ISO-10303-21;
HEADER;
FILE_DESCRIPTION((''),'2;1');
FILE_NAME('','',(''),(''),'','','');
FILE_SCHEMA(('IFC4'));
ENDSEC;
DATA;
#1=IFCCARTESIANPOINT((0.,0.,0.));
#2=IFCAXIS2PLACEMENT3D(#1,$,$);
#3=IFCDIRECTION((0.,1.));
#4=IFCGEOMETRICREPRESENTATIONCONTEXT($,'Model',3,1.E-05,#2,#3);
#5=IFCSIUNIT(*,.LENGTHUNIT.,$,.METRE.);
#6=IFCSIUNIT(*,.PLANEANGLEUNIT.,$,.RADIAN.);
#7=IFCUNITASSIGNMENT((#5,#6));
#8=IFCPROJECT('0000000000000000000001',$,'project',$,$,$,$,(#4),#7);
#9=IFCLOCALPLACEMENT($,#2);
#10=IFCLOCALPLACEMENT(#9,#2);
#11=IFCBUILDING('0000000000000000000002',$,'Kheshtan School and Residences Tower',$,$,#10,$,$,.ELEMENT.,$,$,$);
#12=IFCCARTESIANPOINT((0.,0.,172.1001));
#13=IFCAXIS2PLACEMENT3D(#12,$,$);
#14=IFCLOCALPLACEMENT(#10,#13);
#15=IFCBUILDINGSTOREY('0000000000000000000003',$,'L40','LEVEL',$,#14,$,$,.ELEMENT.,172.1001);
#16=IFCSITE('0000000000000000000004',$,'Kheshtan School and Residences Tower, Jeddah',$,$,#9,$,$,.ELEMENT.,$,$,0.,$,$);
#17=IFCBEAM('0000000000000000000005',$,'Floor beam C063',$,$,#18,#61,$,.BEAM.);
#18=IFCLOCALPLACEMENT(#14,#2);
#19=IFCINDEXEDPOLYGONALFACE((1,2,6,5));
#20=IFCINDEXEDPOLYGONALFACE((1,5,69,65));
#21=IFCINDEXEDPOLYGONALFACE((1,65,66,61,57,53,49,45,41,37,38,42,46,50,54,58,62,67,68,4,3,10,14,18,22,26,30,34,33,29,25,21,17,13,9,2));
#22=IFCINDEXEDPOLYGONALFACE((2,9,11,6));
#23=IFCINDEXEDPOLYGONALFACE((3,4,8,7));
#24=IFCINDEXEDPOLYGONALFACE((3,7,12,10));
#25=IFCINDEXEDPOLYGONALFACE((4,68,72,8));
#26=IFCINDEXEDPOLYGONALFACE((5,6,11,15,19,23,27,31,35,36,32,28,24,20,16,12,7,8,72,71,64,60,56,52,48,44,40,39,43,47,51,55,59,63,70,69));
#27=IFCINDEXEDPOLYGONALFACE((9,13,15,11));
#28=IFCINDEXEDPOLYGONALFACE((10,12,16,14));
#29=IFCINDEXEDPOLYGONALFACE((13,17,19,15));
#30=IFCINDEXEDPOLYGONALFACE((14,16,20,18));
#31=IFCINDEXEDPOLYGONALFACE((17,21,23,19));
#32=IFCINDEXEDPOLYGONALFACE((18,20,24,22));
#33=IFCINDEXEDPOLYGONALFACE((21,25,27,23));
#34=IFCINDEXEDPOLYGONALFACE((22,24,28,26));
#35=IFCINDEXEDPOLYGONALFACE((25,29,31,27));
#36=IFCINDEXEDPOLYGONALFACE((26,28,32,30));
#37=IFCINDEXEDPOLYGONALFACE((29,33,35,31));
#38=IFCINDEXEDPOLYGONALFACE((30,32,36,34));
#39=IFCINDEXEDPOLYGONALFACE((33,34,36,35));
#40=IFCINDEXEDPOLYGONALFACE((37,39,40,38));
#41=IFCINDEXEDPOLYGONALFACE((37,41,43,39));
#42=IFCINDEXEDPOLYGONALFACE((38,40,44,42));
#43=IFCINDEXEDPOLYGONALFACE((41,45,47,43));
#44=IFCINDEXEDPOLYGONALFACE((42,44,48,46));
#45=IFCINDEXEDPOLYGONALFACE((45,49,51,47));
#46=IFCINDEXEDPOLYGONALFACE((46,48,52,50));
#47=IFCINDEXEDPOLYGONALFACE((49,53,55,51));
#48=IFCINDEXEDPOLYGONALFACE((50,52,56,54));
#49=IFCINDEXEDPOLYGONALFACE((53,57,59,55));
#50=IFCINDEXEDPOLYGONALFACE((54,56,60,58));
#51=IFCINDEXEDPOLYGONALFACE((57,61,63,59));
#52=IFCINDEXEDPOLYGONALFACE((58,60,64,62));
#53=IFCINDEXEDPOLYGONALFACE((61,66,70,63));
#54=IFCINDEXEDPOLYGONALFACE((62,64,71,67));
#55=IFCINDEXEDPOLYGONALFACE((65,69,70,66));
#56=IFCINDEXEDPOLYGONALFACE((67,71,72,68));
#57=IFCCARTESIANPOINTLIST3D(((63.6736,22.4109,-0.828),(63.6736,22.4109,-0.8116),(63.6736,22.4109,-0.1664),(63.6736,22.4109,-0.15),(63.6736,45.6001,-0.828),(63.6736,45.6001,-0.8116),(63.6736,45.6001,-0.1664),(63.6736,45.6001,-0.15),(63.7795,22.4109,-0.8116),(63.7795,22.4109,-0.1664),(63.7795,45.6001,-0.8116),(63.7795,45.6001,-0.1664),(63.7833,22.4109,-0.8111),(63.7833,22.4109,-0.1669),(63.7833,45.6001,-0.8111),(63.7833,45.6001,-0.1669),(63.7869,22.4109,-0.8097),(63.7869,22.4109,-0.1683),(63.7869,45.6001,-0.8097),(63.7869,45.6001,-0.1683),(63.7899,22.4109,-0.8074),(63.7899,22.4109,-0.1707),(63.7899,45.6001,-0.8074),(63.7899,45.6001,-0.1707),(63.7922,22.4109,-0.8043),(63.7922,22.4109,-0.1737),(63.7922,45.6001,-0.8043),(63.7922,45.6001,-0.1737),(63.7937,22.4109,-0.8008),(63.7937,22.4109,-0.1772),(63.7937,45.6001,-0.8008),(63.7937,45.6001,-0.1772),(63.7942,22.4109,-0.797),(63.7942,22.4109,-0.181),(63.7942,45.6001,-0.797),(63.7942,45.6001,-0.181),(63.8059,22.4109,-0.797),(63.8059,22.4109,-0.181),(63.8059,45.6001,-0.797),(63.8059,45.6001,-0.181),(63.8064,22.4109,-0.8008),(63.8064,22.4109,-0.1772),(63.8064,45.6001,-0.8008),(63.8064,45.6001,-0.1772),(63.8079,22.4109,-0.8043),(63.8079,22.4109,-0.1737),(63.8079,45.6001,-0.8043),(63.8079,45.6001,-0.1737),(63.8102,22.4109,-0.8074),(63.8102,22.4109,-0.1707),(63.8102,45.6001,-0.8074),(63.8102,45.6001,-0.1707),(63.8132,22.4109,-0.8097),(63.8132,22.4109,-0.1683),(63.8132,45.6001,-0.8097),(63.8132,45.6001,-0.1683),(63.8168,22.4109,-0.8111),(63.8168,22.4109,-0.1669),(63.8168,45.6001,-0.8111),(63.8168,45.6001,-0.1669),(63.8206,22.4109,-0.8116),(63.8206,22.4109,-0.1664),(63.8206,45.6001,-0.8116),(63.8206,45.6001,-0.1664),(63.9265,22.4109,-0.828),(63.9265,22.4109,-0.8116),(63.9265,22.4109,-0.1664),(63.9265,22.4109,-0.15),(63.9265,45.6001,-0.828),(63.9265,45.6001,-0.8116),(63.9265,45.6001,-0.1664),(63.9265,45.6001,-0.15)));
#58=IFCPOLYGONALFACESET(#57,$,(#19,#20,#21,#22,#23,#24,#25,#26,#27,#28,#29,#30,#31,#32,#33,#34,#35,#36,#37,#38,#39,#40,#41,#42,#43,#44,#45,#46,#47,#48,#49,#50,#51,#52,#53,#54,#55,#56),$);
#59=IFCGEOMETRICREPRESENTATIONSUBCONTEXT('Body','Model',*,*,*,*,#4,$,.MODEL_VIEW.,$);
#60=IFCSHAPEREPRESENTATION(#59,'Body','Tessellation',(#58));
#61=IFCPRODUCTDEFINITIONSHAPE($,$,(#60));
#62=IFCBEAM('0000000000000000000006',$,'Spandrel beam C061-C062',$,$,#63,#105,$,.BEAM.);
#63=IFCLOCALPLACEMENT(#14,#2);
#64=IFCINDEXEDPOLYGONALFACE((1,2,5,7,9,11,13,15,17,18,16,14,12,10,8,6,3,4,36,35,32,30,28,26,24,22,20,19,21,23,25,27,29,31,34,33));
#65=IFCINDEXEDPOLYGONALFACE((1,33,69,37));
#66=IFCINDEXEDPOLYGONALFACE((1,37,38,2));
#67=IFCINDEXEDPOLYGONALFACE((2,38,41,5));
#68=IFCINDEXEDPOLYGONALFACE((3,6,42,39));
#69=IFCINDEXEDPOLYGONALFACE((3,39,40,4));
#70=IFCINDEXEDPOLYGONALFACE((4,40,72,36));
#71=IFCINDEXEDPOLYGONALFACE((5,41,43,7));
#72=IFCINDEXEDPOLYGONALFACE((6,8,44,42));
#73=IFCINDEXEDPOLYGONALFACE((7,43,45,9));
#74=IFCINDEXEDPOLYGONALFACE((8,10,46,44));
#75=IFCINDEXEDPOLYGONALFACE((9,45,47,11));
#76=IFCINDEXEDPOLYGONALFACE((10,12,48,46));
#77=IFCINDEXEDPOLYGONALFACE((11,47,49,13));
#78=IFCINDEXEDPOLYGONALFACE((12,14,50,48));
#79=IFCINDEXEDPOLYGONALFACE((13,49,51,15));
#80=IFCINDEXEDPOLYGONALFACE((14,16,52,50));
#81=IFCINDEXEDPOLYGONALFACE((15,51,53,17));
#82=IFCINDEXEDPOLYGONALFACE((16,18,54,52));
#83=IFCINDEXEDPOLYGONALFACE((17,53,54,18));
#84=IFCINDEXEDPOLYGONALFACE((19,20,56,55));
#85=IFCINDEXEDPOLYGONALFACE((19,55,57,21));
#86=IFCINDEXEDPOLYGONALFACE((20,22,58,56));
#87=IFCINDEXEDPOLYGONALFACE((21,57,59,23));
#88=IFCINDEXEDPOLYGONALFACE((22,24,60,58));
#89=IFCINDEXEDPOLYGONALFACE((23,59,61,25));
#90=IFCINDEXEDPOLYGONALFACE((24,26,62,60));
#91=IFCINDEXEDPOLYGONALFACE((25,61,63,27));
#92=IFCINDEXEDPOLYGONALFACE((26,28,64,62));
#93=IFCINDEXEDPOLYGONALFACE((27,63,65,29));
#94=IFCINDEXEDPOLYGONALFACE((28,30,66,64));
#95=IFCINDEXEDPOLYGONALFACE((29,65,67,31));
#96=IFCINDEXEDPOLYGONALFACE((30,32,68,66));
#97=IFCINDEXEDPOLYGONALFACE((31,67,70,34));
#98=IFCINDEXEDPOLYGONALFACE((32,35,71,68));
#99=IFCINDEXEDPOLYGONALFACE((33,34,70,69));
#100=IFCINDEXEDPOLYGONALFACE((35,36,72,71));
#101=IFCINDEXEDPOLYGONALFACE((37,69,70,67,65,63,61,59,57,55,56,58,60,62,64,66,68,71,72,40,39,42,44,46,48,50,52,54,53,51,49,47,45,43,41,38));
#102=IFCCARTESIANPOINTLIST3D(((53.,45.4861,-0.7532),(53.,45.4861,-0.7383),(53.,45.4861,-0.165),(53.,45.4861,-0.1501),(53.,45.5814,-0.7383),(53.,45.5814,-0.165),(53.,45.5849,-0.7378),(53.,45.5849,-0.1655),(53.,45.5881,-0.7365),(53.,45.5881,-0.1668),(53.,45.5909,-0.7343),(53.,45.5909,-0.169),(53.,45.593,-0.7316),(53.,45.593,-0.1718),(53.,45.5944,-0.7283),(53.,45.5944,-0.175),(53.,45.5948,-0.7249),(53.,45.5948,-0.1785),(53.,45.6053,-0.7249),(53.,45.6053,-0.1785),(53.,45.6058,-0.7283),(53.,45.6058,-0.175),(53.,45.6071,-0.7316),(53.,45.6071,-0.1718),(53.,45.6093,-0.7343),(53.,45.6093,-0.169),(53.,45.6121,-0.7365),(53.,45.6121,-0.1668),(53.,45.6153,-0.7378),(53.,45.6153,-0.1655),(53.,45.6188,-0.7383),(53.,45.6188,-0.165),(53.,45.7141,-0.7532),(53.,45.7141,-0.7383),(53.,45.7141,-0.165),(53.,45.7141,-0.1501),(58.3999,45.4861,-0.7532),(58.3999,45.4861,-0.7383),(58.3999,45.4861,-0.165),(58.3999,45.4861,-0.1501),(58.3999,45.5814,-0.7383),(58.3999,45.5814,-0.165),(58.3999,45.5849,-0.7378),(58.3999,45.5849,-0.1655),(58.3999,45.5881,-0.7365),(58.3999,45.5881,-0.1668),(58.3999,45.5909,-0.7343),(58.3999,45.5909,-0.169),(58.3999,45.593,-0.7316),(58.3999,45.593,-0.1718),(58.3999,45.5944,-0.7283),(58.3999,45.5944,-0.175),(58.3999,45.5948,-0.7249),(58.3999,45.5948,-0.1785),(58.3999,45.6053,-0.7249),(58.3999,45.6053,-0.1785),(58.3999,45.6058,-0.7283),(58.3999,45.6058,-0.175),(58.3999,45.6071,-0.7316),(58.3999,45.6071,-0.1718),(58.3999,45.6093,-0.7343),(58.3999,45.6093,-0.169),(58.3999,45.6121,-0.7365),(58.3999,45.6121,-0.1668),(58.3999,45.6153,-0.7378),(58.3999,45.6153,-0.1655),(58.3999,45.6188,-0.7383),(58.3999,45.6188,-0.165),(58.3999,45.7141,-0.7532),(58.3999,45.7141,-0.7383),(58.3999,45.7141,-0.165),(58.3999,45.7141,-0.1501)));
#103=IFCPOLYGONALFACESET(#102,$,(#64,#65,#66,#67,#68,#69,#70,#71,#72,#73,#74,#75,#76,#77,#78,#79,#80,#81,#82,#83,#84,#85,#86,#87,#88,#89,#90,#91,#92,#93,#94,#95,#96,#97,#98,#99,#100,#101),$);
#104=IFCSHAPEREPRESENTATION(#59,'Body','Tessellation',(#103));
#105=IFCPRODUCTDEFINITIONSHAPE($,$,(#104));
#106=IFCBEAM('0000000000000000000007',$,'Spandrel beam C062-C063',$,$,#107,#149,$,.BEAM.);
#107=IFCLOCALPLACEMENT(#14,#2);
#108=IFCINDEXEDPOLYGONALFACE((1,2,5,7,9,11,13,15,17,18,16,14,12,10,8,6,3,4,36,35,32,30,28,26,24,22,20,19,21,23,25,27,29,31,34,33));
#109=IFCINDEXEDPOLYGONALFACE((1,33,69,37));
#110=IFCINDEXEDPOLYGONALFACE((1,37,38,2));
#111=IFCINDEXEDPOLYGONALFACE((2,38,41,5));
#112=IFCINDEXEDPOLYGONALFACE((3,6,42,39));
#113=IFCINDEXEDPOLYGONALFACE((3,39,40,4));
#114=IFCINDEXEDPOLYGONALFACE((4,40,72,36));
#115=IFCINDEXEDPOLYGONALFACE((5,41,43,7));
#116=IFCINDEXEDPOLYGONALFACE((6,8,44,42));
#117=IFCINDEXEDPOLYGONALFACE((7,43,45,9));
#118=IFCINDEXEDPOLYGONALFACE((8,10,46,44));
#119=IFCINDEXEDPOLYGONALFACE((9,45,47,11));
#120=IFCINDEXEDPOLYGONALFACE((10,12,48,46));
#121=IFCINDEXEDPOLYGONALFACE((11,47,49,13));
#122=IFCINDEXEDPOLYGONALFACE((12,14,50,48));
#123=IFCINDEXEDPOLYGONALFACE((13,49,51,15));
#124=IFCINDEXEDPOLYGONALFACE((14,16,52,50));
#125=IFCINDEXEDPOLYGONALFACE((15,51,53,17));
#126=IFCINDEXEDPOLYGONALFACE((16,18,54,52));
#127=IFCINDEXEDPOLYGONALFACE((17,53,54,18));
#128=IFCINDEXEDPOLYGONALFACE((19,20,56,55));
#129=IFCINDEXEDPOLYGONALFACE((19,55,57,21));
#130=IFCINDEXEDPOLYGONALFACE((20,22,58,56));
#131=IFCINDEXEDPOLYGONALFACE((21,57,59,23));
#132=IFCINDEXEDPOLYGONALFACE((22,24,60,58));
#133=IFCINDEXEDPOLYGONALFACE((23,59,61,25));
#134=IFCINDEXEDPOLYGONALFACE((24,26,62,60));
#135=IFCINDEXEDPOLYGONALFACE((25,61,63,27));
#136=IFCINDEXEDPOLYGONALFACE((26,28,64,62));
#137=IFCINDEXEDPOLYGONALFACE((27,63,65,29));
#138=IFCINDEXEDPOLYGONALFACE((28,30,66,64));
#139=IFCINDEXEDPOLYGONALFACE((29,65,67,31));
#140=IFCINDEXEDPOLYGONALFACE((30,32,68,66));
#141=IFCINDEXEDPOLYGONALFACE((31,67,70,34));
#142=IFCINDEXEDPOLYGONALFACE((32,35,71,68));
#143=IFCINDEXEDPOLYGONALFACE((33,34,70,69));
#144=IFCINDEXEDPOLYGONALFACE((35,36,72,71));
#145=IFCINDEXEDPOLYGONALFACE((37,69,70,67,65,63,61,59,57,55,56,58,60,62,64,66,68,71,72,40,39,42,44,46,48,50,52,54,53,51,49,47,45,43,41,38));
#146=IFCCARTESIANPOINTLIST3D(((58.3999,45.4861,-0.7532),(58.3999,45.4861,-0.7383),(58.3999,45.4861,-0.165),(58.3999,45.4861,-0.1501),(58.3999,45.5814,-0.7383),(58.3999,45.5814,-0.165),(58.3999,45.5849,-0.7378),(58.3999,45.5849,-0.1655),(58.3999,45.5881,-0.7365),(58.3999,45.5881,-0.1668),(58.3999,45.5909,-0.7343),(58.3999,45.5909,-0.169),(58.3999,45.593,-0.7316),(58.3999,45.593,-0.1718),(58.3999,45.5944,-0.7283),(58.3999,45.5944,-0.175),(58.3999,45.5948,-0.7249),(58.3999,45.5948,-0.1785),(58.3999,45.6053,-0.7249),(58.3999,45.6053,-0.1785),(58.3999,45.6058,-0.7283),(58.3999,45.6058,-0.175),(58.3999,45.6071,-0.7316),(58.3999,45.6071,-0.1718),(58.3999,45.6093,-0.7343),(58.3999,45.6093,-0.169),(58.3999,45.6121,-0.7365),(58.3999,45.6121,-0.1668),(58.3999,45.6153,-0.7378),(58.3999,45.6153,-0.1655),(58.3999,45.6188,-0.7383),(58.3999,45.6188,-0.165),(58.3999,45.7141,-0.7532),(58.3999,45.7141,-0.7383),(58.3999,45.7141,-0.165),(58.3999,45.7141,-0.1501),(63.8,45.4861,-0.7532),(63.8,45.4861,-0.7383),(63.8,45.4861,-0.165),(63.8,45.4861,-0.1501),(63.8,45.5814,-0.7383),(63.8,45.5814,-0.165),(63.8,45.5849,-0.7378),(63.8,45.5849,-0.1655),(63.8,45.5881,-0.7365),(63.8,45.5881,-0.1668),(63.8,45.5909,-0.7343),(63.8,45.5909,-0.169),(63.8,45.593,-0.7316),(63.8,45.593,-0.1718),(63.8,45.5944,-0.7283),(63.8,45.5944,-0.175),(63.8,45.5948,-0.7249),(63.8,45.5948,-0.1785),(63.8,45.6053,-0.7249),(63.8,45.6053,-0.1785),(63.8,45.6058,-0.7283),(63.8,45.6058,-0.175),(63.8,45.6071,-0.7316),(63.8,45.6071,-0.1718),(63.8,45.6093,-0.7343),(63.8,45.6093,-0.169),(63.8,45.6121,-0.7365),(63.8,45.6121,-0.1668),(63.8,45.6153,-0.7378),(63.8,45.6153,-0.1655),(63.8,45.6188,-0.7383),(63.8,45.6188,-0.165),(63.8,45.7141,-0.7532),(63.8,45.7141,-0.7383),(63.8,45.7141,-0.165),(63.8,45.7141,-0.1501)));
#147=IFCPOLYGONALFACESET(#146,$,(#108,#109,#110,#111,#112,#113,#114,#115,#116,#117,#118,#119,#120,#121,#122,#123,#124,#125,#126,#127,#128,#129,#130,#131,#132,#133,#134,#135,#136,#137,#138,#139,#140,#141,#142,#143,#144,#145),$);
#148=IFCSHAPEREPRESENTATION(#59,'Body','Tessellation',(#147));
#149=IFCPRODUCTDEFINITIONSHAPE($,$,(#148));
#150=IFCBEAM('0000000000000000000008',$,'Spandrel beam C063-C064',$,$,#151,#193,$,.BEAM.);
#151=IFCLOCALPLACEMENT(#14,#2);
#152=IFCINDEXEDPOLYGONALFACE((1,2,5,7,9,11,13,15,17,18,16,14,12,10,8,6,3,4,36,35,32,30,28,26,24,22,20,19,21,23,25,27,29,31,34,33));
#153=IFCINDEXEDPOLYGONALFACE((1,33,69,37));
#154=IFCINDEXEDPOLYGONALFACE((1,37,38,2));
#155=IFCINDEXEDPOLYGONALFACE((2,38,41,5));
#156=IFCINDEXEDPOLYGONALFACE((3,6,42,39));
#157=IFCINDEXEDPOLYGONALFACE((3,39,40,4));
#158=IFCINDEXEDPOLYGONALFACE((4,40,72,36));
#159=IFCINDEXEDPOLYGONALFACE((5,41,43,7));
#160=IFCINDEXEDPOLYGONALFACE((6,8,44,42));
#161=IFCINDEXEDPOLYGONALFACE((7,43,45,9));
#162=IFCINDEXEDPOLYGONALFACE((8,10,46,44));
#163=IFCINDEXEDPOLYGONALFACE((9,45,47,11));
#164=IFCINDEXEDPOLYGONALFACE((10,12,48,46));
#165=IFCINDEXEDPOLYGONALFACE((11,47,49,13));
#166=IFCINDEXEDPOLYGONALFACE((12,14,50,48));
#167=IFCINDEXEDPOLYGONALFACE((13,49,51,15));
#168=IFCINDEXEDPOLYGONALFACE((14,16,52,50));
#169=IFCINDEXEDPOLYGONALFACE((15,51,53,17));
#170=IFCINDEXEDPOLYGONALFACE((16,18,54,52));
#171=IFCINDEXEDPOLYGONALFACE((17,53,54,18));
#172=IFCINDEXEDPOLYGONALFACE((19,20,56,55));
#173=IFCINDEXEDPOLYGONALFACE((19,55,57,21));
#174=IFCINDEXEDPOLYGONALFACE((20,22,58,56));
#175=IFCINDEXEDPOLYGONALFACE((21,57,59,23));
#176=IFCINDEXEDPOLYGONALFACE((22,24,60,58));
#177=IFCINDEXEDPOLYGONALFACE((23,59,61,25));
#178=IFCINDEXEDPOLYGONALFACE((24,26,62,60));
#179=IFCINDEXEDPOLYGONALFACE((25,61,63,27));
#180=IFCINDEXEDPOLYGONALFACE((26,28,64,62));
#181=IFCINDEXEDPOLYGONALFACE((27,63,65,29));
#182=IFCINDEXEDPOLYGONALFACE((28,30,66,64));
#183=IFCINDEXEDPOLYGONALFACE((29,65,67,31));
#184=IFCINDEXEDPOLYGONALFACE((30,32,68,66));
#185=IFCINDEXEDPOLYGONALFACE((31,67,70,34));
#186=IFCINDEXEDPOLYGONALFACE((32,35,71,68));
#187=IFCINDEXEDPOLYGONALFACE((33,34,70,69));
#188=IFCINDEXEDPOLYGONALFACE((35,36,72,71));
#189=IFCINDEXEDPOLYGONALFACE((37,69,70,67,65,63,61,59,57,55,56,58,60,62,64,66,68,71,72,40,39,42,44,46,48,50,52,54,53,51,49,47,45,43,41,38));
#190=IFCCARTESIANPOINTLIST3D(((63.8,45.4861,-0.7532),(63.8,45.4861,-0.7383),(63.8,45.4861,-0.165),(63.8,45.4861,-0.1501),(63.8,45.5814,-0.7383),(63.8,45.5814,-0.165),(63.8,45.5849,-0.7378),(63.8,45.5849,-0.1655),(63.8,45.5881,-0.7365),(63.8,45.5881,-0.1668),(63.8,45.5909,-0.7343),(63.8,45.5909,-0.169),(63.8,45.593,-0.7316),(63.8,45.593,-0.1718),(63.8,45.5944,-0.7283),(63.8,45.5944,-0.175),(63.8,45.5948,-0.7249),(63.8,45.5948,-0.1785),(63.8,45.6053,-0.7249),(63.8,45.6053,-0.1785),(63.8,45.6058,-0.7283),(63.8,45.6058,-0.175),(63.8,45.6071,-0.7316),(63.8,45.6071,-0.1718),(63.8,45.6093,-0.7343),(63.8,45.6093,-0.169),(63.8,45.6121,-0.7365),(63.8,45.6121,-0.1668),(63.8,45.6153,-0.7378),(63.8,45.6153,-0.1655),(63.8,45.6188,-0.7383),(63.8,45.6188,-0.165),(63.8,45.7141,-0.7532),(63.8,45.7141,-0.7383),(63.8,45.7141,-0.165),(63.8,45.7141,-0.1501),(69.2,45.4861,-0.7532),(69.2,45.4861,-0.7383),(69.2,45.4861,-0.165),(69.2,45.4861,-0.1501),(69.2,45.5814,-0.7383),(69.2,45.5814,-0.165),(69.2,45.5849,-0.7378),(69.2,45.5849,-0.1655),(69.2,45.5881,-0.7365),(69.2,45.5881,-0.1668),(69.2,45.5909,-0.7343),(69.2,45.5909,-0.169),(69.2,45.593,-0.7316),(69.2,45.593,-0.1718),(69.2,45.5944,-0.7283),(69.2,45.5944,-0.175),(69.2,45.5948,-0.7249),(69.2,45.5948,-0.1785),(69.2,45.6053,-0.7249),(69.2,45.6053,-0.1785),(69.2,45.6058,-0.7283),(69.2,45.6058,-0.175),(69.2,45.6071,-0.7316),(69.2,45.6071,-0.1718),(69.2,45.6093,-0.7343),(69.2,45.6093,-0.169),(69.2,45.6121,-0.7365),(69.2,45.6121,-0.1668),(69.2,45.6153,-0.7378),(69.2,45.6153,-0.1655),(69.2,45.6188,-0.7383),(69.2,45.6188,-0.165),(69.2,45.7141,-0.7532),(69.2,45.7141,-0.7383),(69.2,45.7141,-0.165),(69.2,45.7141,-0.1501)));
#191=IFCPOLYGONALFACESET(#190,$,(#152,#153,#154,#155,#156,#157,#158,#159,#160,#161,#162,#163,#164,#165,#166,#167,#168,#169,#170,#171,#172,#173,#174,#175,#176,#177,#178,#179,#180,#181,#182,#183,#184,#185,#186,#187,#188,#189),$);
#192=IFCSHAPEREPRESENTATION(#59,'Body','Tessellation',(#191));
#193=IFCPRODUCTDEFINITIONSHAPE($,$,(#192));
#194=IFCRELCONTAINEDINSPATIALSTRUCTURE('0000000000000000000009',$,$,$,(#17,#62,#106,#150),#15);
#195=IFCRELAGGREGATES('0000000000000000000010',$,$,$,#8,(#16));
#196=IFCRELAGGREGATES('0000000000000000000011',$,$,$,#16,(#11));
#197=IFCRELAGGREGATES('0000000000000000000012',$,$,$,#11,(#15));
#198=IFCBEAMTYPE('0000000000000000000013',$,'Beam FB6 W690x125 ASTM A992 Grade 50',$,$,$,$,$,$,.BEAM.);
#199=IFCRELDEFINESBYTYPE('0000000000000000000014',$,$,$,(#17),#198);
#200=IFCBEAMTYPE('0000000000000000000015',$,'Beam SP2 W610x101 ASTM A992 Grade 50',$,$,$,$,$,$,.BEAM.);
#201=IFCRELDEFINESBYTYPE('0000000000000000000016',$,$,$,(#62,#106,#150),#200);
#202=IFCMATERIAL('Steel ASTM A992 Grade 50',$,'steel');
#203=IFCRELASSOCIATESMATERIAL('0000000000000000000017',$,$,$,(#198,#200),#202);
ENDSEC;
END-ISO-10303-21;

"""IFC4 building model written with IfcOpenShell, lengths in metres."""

from ifc_helpers import new_model, si_unit, direction, frame, origin, origin_2d, place, context, subcontext, project, spatial, i_section, extrude, material, material_profile, profile_set, type_object, element, save


model = new_model("IFC4")

# Units and contexts
model_context = context("Model", 3, precision=1e-05, world=origin(), true_north=direction((0.0, 1.0)))
body_context = subcontext(model_context, "Body", "Model", "MODEL_VIEW")
ifc_project = project(units=[si_unit("LENGTHUNIT", "METRE"), si_unit("PLANEANGLEUNIT", "RADIAN")], contexts=[model_context])

# Site, building, storey
site_placement = place(None, origin())
site = spatial("IfcSite", under=ifc_project, at=site_placement, Name="Kheshtan School and Residences Tower, Jeddah", CompositionType="ELEMENT", RefElevation=0.0)
building_placement = place(site_placement, origin())
building = spatial("IfcBuilding", under=site, at=building_placement, Name="Kheshtan School and Residences Tower", CompositionType="ELEMENT")
storey_placement = place(building_placement, frame((0.0, 0.0, 172.1001)))
storey = spatial("IfcBuildingStorey", under=building, at=storey_placement, Name="L40", Description="LEVEL", CompositionType="ELEMENT", Elevation=172.1001)

# Shared definitions
ifc_material_1 = material(Name="Steel ASTM A992 Grade 50", Category="steel")

# Beams
ifc_material_profile_1 = material_profile(ifc_material_1, i_section(OverallWidth=0.2529, OverallDepth=0.678, WebThickness=0.0117, FlangeThickness=0.0164, FilletRadius=0.0146, at=origin_2d()), Name="W690x125")
ifc_profile_set_1 = profile_set([ifc_material_profile_1], Name="Steel ASTM A992 Grade 50")
beam_type_1 = type_object("IfcBeamType", Name="Beam FB6 W690x125 ASTM A992 Grade 50", PredefinedType="BEAM", material=ifc_profile_set_1)
beam_1_placement = place(storey_placement, frame((63.8, 45.6001, -0.489), z_axis=(0.0, -1.0, 0.0), x_axis=(1.0, 0.0, 0.0)))
element("IfcBeam", 1, at=beam_1_placement, inside=storey, type_object=beam_type_1, Name="Floor beam C063", PredefinedType="BEAM", context=body_context, shape_type="SweptSolid", body=[
    extrude(i_section(OverallWidth=0.2529, OverallDepth=0.678, WebThickness=0.0117, FlangeThickness=0.0164, FilletRadius=0.0146, at=origin_2d()), origin(), (0.0, 0.0, 1.0), 23.1892),
])
ifc_material_profile_2 = material_profile(ifc_material_1, i_section(OverallWidth=0.228, OverallDepth=0.603, WebThickness=0.0105, FlangeThickness=0.0149, FilletRadius=0.0134, at=origin_2d()), Name="W610x101")
ifc_profile_set_2 = profile_set([ifc_material_profile_2], Name="Steel ASTM A992 Grade 50")
beam_type_2 = type_object("IfcBeamType", Name="Beam SP2 W610x101 ASTM A992 Grade 50", PredefinedType="BEAM", material=ifc_profile_set_2)
beam_2_placement = place(storey_placement, frame((53.0, 45.6001, -0.4517), z_axis=(1.0, 0.0, 0.0), x_axis=(0.0, 1.0, 0.0)))
element("IfcBeam", 2, at=beam_2_placement, inside=storey, type_object=beam_type_2, Name="Spandrel beam C061-C062", PredefinedType="BEAM", context=body_context, shape_type="SweptSolid", body=[
    extrude(i_section(OverallWidth=0.228, OverallDepth=0.603, WebThickness=0.0105, FlangeThickness=0.0149, FilletRadius=0.0134, at=origin_2d()), origin(), (0.0, 0.0, 1.0), 5.3999),
])
beam_3_placement = place(storey_placement, frame((58.3999, 45.6001, -0.4517), z_axis=(1.0, 0.0, 0.0), x_axis=(0.0, 1.0, 0.0)))
element("IfcBeam", 3, at=beam_3_placement, inside=storey, type_object=beam_type_2, Name="Spandrel beam C062-C063", PredefinedType="BEAM", context=body_context, shape_type="SweptSolid", body=[
    extrude(i_section(OverallWidth=0.228, OverallDepth=0.603, WebThickness=0.0105, FlangeThickness=0.0149, FilletRadius=0.0134, at=origin_2d()), origin(), (0.0, 0.0, 1.0), 5.4001),
])
beam_4_placement = place(storey_placement, frame((63.8, 45.6001, -0.4517), z_axis=(1.0, 0.0, 0.0), x_axis=(0.0, 1.0, 0.0)))
element("IfcBeam", 4, at=beam_4_placement, inside=storey, type_object=beam_type_2, Name="Spandrel beam C063-C064", PredefinedType="BEAM", context=body_context, shape_type="SweptSolid", body=[
    extrude(i_section(OverallWidth=0.228, OverallDepth=0.603, WebThickness=0.0105, FlangeThickness=0.0149, FilletRadius=0.0134, at=origin_2d()), origin(), (0.0, 0.0, 1.0), 5.3999),
])

save(model, "model.ifc")
